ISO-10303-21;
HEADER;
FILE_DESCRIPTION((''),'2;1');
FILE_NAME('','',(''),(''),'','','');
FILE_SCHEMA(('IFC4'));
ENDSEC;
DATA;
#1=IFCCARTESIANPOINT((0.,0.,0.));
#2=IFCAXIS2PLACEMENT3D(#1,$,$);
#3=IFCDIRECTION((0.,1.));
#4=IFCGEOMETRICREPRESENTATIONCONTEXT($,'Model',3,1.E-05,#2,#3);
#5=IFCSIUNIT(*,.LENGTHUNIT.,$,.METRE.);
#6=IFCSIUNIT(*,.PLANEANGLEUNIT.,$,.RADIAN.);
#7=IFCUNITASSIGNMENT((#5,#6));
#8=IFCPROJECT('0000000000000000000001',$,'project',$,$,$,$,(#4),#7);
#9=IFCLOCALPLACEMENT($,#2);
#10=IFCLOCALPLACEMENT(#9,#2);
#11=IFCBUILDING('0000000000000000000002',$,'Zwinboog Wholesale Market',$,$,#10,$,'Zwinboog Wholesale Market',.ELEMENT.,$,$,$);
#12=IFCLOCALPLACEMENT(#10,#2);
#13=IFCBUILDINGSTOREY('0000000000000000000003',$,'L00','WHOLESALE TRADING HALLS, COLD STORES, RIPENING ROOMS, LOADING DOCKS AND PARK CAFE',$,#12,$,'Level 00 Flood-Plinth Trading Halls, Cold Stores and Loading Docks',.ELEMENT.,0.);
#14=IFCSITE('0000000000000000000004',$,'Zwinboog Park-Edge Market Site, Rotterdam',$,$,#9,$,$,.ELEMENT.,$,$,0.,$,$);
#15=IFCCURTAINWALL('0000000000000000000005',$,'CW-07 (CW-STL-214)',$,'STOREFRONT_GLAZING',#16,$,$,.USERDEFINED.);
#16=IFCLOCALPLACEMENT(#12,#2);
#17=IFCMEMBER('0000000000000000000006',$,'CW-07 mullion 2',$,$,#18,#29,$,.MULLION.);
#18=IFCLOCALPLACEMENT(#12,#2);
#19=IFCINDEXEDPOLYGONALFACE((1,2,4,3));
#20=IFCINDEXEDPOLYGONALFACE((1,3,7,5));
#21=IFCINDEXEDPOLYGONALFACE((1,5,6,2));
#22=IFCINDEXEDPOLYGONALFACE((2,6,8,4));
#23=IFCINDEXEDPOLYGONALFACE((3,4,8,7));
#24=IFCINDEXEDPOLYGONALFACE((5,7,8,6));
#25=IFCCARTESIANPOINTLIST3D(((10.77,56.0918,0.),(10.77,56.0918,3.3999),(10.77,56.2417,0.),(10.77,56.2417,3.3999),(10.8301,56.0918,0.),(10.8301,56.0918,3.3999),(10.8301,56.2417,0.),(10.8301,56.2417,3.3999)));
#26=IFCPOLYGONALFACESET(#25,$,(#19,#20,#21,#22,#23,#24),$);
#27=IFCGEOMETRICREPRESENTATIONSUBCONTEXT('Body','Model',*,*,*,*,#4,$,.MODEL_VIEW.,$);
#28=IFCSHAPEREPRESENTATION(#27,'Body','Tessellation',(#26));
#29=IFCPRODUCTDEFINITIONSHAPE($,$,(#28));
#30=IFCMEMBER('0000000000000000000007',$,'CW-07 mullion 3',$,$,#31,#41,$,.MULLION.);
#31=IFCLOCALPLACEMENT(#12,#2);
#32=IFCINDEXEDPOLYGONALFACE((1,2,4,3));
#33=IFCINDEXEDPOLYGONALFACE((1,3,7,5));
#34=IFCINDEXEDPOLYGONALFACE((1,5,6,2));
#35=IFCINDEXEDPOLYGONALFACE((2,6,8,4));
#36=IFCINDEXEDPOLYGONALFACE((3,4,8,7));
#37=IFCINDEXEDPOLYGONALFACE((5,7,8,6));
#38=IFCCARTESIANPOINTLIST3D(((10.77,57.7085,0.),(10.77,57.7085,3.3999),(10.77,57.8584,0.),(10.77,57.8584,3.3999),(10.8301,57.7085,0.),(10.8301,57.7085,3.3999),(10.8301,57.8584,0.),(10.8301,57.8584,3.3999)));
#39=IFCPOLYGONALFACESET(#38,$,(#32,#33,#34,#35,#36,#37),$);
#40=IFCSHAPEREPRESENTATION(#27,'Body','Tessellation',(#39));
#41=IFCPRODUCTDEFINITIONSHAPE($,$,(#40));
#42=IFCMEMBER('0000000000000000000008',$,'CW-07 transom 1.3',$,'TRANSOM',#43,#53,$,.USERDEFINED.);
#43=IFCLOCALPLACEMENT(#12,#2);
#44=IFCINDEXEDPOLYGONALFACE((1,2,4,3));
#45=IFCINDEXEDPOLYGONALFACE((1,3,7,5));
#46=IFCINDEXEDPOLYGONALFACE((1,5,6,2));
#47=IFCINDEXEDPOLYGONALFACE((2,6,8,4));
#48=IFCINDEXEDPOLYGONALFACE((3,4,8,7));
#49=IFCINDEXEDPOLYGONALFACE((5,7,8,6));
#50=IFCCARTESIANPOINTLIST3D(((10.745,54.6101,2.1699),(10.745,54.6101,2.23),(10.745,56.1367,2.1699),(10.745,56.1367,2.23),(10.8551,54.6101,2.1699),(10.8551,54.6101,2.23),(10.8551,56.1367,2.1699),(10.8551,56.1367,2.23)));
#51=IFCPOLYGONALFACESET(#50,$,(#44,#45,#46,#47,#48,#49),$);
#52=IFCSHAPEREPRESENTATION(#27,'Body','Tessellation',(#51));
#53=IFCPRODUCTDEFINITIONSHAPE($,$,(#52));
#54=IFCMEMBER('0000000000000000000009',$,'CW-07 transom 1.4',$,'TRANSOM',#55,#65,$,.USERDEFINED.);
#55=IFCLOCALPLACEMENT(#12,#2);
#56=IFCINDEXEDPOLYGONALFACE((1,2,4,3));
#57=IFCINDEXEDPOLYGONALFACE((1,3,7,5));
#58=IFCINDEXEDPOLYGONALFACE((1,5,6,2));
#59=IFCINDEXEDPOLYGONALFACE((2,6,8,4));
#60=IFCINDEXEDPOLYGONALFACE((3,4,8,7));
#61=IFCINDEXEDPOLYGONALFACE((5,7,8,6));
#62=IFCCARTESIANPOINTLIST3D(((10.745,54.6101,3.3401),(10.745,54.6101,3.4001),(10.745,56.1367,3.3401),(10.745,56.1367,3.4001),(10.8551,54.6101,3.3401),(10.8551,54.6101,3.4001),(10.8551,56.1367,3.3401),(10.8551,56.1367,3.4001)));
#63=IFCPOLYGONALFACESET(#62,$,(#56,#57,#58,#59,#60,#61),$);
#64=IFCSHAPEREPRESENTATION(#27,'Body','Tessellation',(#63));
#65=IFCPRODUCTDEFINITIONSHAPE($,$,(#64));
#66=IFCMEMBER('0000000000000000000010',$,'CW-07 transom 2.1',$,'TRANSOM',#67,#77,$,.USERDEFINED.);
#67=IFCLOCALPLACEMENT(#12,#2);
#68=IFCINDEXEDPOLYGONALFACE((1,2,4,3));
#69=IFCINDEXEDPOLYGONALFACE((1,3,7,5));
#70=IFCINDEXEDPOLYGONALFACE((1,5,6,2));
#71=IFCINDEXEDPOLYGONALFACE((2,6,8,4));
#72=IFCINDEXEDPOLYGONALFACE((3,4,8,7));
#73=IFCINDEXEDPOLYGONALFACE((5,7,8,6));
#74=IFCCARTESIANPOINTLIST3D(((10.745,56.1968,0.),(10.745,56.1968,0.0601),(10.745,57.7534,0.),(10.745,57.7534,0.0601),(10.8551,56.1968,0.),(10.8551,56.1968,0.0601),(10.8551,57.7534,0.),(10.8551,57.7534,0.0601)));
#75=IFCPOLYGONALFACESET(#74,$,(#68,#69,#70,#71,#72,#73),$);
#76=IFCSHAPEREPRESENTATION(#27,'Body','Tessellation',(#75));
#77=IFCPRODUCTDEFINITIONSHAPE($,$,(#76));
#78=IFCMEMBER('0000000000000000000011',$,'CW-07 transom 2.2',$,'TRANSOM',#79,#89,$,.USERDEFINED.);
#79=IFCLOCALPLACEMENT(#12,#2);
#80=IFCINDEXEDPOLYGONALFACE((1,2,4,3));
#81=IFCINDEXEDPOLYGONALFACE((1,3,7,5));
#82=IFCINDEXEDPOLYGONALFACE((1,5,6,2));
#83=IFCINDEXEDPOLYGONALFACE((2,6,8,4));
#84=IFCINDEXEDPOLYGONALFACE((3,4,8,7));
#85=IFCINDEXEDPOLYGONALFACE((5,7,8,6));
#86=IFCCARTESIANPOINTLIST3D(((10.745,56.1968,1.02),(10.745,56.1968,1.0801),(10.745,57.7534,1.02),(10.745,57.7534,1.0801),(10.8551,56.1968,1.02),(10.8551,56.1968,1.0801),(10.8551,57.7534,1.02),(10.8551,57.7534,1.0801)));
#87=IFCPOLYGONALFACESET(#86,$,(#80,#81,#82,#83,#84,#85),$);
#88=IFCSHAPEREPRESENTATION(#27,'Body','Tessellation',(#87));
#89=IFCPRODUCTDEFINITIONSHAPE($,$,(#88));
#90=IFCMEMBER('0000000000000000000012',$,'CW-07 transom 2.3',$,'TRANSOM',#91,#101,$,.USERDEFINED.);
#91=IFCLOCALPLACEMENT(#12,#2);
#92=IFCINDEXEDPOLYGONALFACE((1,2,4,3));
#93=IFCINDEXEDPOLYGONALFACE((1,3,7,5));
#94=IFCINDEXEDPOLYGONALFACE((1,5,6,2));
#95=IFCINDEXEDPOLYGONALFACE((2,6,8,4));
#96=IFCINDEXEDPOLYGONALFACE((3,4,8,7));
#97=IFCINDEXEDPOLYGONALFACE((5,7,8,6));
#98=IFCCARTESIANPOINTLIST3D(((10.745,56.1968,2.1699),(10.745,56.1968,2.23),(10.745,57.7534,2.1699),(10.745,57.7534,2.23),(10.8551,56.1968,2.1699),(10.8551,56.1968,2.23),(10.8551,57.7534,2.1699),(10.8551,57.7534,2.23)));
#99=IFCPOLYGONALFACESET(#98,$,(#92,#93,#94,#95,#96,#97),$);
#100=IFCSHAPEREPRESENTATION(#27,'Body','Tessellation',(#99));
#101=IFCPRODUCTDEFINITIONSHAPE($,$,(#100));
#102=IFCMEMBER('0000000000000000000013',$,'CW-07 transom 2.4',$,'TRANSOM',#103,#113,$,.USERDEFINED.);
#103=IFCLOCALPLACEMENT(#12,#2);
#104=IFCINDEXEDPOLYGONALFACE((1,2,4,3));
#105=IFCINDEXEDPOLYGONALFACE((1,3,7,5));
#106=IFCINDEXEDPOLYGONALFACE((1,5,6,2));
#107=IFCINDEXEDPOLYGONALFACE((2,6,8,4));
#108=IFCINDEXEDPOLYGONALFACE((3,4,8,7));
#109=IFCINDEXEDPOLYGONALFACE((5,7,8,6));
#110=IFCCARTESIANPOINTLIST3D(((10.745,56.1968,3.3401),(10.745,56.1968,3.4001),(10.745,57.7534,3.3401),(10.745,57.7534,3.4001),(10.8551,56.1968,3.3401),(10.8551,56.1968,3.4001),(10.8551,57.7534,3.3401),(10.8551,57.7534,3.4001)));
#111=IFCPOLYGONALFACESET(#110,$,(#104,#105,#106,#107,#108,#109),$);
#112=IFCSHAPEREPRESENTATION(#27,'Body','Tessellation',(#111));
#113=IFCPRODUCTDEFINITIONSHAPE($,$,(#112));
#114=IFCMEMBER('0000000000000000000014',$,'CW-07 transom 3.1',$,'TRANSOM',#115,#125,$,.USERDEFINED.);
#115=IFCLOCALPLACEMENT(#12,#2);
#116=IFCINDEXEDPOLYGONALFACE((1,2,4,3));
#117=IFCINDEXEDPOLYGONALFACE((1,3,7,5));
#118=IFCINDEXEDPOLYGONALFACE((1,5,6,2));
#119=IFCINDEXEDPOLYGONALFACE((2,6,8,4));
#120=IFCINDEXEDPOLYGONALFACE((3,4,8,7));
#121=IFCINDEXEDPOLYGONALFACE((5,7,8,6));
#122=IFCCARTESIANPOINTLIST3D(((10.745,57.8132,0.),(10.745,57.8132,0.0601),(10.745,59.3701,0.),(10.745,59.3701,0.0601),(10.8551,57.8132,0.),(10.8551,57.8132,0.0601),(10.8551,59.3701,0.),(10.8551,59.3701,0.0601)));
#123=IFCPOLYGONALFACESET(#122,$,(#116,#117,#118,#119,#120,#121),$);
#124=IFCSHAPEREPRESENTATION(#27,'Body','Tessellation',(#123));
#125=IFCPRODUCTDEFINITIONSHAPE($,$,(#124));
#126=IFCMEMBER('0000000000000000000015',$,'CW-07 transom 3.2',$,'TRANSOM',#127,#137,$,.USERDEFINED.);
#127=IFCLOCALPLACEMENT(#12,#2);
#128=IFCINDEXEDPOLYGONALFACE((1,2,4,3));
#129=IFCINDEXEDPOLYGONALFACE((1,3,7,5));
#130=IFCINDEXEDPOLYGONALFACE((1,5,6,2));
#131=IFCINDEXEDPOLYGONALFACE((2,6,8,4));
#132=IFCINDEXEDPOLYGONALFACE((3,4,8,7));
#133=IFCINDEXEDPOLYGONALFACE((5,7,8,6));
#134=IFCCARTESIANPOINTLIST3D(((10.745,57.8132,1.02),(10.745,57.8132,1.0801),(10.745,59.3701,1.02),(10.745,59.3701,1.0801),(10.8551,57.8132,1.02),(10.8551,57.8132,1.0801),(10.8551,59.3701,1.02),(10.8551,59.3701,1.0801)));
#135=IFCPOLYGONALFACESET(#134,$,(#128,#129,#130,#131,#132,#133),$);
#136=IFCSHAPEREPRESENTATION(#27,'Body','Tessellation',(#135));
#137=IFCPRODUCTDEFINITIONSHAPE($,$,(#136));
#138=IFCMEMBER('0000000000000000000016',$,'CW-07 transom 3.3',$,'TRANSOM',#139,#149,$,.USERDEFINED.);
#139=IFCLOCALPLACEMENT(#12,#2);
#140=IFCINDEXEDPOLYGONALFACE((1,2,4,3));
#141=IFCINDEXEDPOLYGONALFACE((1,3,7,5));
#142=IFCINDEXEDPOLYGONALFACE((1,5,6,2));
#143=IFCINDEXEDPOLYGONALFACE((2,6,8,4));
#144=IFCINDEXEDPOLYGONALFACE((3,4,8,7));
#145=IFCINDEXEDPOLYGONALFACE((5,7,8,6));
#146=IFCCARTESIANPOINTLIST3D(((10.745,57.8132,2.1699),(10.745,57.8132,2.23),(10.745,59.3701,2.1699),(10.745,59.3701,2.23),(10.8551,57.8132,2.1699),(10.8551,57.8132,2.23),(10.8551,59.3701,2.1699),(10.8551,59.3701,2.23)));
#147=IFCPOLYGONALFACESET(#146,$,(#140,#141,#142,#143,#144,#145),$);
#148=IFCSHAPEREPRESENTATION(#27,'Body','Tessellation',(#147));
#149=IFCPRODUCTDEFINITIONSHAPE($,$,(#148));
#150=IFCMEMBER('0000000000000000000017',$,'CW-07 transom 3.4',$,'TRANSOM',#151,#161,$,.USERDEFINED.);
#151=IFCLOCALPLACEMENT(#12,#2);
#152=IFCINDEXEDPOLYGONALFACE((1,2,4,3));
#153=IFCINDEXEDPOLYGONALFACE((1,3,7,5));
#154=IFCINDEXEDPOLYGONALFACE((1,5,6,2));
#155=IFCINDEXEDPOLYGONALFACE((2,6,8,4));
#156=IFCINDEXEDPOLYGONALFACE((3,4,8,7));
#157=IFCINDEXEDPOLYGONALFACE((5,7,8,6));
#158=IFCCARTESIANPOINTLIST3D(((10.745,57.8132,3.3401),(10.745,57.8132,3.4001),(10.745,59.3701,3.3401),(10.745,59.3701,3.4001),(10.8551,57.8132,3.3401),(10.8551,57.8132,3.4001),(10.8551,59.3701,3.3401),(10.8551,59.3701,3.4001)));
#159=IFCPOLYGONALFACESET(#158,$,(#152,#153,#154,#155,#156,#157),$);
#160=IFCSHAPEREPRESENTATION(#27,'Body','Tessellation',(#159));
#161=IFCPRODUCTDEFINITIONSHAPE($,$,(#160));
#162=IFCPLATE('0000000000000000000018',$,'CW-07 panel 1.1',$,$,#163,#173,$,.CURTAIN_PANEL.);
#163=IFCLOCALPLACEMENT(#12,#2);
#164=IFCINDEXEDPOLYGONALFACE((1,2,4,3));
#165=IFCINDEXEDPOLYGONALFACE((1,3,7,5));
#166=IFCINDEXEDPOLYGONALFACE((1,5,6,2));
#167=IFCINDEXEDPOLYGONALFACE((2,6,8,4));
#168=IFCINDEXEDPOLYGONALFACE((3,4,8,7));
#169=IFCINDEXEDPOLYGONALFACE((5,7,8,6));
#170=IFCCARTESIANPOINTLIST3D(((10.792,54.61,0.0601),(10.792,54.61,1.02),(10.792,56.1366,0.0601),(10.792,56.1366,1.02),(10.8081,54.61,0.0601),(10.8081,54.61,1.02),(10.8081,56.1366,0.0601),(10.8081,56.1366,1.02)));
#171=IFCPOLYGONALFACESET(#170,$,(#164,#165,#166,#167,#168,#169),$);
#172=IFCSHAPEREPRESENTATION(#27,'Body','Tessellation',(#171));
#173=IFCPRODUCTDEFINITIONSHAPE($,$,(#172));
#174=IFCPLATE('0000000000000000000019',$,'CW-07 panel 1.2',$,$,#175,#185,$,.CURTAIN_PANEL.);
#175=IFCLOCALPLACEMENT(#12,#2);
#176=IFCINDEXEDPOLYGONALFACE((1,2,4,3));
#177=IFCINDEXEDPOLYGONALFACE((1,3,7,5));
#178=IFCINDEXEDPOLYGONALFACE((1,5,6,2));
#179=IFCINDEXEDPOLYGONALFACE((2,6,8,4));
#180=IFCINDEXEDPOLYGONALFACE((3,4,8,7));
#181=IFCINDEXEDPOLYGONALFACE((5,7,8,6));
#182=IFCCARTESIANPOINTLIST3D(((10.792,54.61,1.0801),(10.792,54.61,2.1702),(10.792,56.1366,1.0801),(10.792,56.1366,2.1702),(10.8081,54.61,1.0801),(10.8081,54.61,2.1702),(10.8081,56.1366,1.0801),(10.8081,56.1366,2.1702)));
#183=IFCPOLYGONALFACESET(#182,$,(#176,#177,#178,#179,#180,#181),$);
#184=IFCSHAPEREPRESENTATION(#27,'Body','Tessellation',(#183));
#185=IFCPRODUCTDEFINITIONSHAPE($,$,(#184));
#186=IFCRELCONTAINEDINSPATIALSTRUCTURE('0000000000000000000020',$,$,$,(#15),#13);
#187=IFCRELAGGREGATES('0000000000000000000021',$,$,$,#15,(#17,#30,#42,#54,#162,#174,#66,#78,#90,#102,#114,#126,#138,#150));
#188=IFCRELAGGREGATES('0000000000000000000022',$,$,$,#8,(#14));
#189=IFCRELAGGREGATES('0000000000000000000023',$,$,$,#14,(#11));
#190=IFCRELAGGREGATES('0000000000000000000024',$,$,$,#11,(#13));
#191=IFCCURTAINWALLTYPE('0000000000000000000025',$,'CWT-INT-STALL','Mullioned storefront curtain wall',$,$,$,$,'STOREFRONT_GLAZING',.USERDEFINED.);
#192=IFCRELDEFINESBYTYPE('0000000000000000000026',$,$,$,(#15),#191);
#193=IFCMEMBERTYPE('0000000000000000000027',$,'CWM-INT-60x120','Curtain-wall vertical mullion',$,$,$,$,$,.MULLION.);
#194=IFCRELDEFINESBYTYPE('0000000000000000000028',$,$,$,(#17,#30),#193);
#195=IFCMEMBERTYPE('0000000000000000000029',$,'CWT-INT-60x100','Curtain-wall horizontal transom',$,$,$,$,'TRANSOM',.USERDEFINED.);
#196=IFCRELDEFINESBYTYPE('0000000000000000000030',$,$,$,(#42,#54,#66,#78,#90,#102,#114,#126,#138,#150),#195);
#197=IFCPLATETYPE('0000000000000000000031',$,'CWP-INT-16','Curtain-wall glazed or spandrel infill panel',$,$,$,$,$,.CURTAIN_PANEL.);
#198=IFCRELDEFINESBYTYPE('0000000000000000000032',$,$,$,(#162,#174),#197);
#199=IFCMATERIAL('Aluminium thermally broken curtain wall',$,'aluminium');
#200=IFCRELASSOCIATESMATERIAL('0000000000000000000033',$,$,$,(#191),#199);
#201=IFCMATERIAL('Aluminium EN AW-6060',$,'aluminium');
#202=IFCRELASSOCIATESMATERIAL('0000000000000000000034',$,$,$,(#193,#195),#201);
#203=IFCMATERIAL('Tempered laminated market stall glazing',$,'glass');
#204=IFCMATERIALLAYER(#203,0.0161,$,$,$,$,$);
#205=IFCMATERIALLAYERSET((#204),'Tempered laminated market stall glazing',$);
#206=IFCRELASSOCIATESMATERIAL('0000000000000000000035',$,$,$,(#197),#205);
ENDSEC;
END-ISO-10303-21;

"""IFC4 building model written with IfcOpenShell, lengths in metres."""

from ifc_helpers import new_model, si_unit, direction, frame, origin, origin_2d, place, context, subcontext, project, spatial, rectangle, extrude, material, layer, layer_set, material_profile, profile_set, type_object, element, aggregate, save


model = new_model("IFC4")

# Units and contexts
model_context = context("Model", 3, precision=1e-05, world=origin(), true_north=direction((0.0, 1.0)))
body_context = subcontext(model_context, "Body", "Model", "MODEL_VIEW")
ifc_project = project(units=[si_unit("LENGTHUNIT", "METRE"), si_unit("PLANEANGLEUNIT", "RADIAN")], contexts=[model_context])

# Site, building, storey
site_placement = place(None, origin())
site = spatial("IfcSite", under=ifc_project, at=site_placement, Name="Zwinboog Park-Edge Market Site, Rotterdam", CompositionType="ELEMENT", RefElevation=0.0)
building_placement = place(site_placement, origin())
building = spatial("IfcBuilding", under=site, at=building_placement, Name="Zwinboog Wholesale Market", LongName="Zwinboog Wholesale Market", CompositionType="ELEMENT")
storey_placement = place(building_placement, origin())
storey = spatial("IfcBuildingStorey", under=building, at=storey_placement, Name="L00", Description="WHOLESALE TRADING HALLS, COLD STORES, RIPENING ROOMS, LOADING DOCKS AND PARK CAFE", LongName="Level 00 Flood-Plinth Trading Halls, Cold Stores and Loading Docks", CompositionType="ELEMENT", Elevation=0.0)

# Curtain wall, members, plates
ifc_material_1 = material(Name="Aluminium thermally broken curtain wall", Category="aluminium")
curtain_wall_type = type_object("IfcCurtainWallType", Name="CWT-INT-STALL", Description="Mullioned storefront curtain wall", ElementType="STOREFRONT_GLAZING", PredefinedType="USERDEFINED", material=ifc_material_1)
curtain_wall_placement = place(storey_placement, origin())
curtain_wall = element("IfcCurtainWall", 1, at=curtain_wall_placement, inside=storey, type_object=curtain_wall_type, Name="CW-07 (CW-STL-214)", ObjectType="STOREFRONT_GLAZING", PredefinedType="USERDEFINED")
ifc_material_2 = material(Name="Aluminium EN AW-6060", Category="aluminium")
ifc_material_profile_1 = material_profile(ifc_material_2, rectangle(XDim=0.0601, YDim=0.1499, at=origin_2d()), Name="AL 60x150")
ifc_profile_set_1 = profile_set([ifc_material_profile_1], Name="Aluminium EN AW-6060")
member_type_1 = type_object("IfcMemberType", Name="CWM-INT-60x120", Description="Curtain-wall vertical mullion", PredefinedType="MULLION", material=ifc_profile_set_1)
member_1_placement = place(storey_placement, frame((10.8, 56.1667, 0.0), z_axis=(0.0, 0.0, 1.0), x_axis=(-1.0, 0.0, 0.0)))
member_1 = element("IfcMember", 2, at=member_1_placement, type_object=member_type_1, Name="CW-07 mullion 2", PredefinedType="MULLION", context=body_context, shape_type="SweptSolid", body=[
    extrude(rectangle(XDim=0.0601, YDim=0.1499, at=origin_2d()), origin(), (0.0, 0.0, 1.0), 3.3999),
])
member_2_placement = place(storey_placement, frame((10.8, 57.7834, 0.0), z_axis=(0.0, 0.0, 1.0), x_axis=(-1.0, 0.0, 0.0)))
member_2 = element("IfcMember", 3, at=member_2_placement, type_object=member_type_1, Name="CW-07 mullion 3", PredefinedType="MULLION", context=body_context, shape_type="SweptSolid", body=[
    extrude(rectangle(XDim=0.0601, YDim=0.1499, at=origin_2d()), origin(), (0.0, 0.0, 1.0), 3.3999),
])
ifc_material_profile_2 = material_profile(ifc_material_2, rectangle(XDim=0.1101, YDim=0.0601, at=origin_2d()), Name="AL 60x110")
ifc_profile_set_2 = profile_set([ifc_material_profile_2], Name="Aluminium EN AW-6060")
member_type_2 = type_object("IfcMemberType", Name="CWT-INT-60x100", Description="Curtain-wall horizontal transom", ElementType="TRANSOM", PredefinedType="USERDEFINED", material=ifc_profile_set_2)
member_3_placement = place(storey_placement, frame((10.8, 54.6101, 2.2), z_axis=(0.0, 1.0, 0.0), x_axis=(-1.0, 0.0, 0.0)))
member_3 = element("IfcMember", 4, at=member_3_placement, type_object=member_type_2, Name="CW-07 transom 1.3", ObjectType="TRANSOM", PredefinedType="USERDEFINED", context=body_context, shape_type="SweptSolid", body=[
    extrude(rectangle(XDim=0.1101, YDim=0.0601, at=origin_2d()), origin(), (0.0, 0.0, 1.0), 1.5266),
])
member_4_placement = place(storey_placement, frame((10.8, 54.6101, 3.3701), z_axis=(0.0, 1.0, 0.0), x_axis=(-1.0, 0.0, 0.0)))
member_4 = element("IfcMember", 5, at=member_4_placement, type_object=member_type_2, Name="CW-07 transom 1.4", ObjectType="TRANSOM", PredefinedType="USERDEFINED", context=body_context, shape_type="SweptSolid", body=[
    extrude(rectangle(XDim=0.1101, YDim=0.0601, at=origin_2d()), origin(), (0.0, 0.0, 1.0), 1.5266),
])
member_5_placement = place(storey_placement, frame((10.8, 56.1968, 0.03), z_axis=(0.0, 1.0, 0.0), x_axis=(-1.0, 0.0, 0.0)))
member_5 = element("IfcMember", 6, at=member_5_placement, type_object=member_type_2, Name="CW-07 transom 2.1", ObjectType="TRANSOM", PredefinedType="USERDEFINED", context=body_context, shape_type="SweptSolid", body=[
    extrude(rectangle(XDim=0.1101, YDim=0.0601, at=origin_2d()), origin(), (0.0, 0.0, 1.0), 1.5566),
])
member_6_placement = place(storey_placement, frame((10.8, 56.1968, 1.05), z_axis=(0.0, 1.0, 0.0), x_axis=(-1.0, 0.0, 0.0)))
member_6 = element("IfcMember", 7, at=member_6_placement, type_object=member_type_2, Name="CW-07 transom 2.2", ObjectType="TRANSOM", PredefinedType="USERDEFINED", context=body_context, shape_type="SweptSolid", body=[
    extrude(rectangle(XDim=0.1101, YDim=0.0601, at=origin_2d()), origin(), (0.0, 0.0, 1.0), 1.5566),
])
member_7_placement = place(storey_placement, frame((10.8, 56.1968, 2.2), z_axis=(0.0, 1.0, 0.0), x_axis=(-1.0, 0.0, 0.0)))
member_7 = element("IfcMember", 8, at=member_7_placement, type_object=member_type_2, Name="CW-07 transom 2.3", ObjectType="TRANSOM", PredefinedType="USERDEFINED", context=body_context, shape_type="SweptSolid", body=[
    extrude(rectangle(XDim=0.1101, YDim=0.0601, at=origin_2d()), origin(), (0.0, 0.0, 1.0), 1.5566),
])
member_8_placement = place(storey_placement, frame((10.8, 56.1968, 3.3701), z_axis=(0.0, 1.0, 0.0), x_axis=(-1.0, 0.0, 0.0)))
member_8 = element("IfcMember", 9, at=member_8_placement, type_object=member_type_2, Name="CW-07 transom 2.4", ObjectType="TRANSOM", PredefinedType="USERDEFINED", context=body_context, shape_type="SweptSolid", body=[
    extrude(rectangle(XDim=0.1101, YDim=0.0601, at=origin_2d()), origin(), (0.0, 0.0, 1.0), 1.5566),
])
member_9_placement = place(storey_placement, frame((10.8, 57.8132, 0.03), z_axis=(0.0, 1.0, 0.0), x_axis=(-1.0, 0.0, 0.0)))
member_9 = element("IfcMember", 10, at=member_9_placement, type_object=member_type_2, Name="CW-07 transom 3.1", ObjectType="TRANSOM", PredefinedType="USERDEFINED", context=body_context, shape_type="SweptSolid", body=[
    extrude(rectangle(XDim=0.1101, YDim=0.0601, at=origin_2d()), origin(), (0.0, 0.0, 1.0), 1.5569),
])
member_10_placement = place(storey_placement, frame((10.8, 57.8132, 1.05), z_axis=(0.0, 1.0, 0.0), x_axis=(-1.0, 0.0, 0.0)))
member_10 = element("IfcMember", 11, at=member_10_placement, type_object=member_type_2, Name="CW-07 transom 3.2", ObjectType="TRANSOM", PredefinedType="USERDEFINED", context=body_context, shape_type="SweptSolid", body=[
    extrude(rectangle(XDim=0.1101, YDim=0.0601, at=origin_2d()), origin(), (0.0, 0.0, 1.0), 1.5569),
])
member_11_placement = place(storey_placement, frame((10.8, 57.8132, 2.2), z_axis=(0.0, 1.0, 0.0), x_axis=(-1.0, 0.0, 0.0)))
member_11 = element("IfcMember", 12, at=member_11_placement, type_object=member_type_2, Name="CW-07 transom 3.3", ObjectType="TRANSOM", PredefinedType="USERDEFINED", context=body_context, shape_type="SweptSolid", body=[
    extrude(rectangle(XDim=0.1101, YDim=0.0601, at=origin_2d()), origin(), (0.0, 0.0, 1.0), 1.5569),
])
member_12_placement = place(storey_placement, frame((10.8, 57.8132, 3.3701), z_axis=(0.0, 1.0, 0.0), x_axis=(-1.0, 0.0, 0.0)))
member_12 = element("IfcMember", 13, at=member_12_placement, type_object=member_type_2, Name="CW-07 transom 3.4", ObjectType="TRANSOM", PredefinedType="USERDEFINED", context=body_context, shape_type="SweptSolid", body=[
    extrude(rectangle(XDim=0.1101, YDim=0.0601, at=origin_2d()), origin(), (0.0, 0.0, 1.0), 1.5569),
])
ifc_material_3 = material(Name="Tempered laminated market stall glazing", Category="glass")
ifc_layer = layer(ifc_material_3, 0.0161)
ifc_layer_set = layer_set([ifc_layer], Name="Tempered laminated market stall glazing")
plate_type = type_object("IfcPlateType", Name="CWP-INT-16", Description="Curtain-wall glazed or spandrel infill panel", PredefinedType="CURTAIN_PANEL", material=ifc_layer_set)
plate_1_placement = place(storey_placement, frame((10.8, 55.3733, 0.0601), z_axis=(0.0, 0.0, 1.0), x_axis=(0.0, 1.0, 0.0)))
plate_1 = element("IfcPlate", 14, at=plate_1_placement, type_object=plate_type, Name="CW-07 panel 1.1", PredefinedType="CURTAIN_PANEL", context=body_context, shape_type="SweptSolid", body=[
    extrude(rectangle(XDim=1.5266, YDim=0.0161, at=origin_2d()), origin(), (0.0, 0.0, 1.0), 0.96),
])
plate_2_placement = place(storey_placement, frame((10.8, 55.3733, 1.0801), z_axis=(0.0, 0.0, 1.0), x_axis=(0.0, 1.0, 0.0)))
plate_2 = element("IfcPlate", 15, at=plate_2_placement, type_object=plate_type, Name="CW-07 panel 1.2", PredefinedType="CURTAIN_PANEL", context=body_context, shape_type="SweptSolid", body=[
    extrude(rectangle(XDim=1.5266, YDim=0.0161, at=origin_2d()), origin(), (0.0, 0.0, 1.0), 1.0901),
])
aggregate(curtain_wall, [member_1, member_2, member_3, member_4, plate_1, plate_2, member_5, member_6, member_7, member_8, member_9, member_10, member_11, member_12])

save(model, "model.ifc")
